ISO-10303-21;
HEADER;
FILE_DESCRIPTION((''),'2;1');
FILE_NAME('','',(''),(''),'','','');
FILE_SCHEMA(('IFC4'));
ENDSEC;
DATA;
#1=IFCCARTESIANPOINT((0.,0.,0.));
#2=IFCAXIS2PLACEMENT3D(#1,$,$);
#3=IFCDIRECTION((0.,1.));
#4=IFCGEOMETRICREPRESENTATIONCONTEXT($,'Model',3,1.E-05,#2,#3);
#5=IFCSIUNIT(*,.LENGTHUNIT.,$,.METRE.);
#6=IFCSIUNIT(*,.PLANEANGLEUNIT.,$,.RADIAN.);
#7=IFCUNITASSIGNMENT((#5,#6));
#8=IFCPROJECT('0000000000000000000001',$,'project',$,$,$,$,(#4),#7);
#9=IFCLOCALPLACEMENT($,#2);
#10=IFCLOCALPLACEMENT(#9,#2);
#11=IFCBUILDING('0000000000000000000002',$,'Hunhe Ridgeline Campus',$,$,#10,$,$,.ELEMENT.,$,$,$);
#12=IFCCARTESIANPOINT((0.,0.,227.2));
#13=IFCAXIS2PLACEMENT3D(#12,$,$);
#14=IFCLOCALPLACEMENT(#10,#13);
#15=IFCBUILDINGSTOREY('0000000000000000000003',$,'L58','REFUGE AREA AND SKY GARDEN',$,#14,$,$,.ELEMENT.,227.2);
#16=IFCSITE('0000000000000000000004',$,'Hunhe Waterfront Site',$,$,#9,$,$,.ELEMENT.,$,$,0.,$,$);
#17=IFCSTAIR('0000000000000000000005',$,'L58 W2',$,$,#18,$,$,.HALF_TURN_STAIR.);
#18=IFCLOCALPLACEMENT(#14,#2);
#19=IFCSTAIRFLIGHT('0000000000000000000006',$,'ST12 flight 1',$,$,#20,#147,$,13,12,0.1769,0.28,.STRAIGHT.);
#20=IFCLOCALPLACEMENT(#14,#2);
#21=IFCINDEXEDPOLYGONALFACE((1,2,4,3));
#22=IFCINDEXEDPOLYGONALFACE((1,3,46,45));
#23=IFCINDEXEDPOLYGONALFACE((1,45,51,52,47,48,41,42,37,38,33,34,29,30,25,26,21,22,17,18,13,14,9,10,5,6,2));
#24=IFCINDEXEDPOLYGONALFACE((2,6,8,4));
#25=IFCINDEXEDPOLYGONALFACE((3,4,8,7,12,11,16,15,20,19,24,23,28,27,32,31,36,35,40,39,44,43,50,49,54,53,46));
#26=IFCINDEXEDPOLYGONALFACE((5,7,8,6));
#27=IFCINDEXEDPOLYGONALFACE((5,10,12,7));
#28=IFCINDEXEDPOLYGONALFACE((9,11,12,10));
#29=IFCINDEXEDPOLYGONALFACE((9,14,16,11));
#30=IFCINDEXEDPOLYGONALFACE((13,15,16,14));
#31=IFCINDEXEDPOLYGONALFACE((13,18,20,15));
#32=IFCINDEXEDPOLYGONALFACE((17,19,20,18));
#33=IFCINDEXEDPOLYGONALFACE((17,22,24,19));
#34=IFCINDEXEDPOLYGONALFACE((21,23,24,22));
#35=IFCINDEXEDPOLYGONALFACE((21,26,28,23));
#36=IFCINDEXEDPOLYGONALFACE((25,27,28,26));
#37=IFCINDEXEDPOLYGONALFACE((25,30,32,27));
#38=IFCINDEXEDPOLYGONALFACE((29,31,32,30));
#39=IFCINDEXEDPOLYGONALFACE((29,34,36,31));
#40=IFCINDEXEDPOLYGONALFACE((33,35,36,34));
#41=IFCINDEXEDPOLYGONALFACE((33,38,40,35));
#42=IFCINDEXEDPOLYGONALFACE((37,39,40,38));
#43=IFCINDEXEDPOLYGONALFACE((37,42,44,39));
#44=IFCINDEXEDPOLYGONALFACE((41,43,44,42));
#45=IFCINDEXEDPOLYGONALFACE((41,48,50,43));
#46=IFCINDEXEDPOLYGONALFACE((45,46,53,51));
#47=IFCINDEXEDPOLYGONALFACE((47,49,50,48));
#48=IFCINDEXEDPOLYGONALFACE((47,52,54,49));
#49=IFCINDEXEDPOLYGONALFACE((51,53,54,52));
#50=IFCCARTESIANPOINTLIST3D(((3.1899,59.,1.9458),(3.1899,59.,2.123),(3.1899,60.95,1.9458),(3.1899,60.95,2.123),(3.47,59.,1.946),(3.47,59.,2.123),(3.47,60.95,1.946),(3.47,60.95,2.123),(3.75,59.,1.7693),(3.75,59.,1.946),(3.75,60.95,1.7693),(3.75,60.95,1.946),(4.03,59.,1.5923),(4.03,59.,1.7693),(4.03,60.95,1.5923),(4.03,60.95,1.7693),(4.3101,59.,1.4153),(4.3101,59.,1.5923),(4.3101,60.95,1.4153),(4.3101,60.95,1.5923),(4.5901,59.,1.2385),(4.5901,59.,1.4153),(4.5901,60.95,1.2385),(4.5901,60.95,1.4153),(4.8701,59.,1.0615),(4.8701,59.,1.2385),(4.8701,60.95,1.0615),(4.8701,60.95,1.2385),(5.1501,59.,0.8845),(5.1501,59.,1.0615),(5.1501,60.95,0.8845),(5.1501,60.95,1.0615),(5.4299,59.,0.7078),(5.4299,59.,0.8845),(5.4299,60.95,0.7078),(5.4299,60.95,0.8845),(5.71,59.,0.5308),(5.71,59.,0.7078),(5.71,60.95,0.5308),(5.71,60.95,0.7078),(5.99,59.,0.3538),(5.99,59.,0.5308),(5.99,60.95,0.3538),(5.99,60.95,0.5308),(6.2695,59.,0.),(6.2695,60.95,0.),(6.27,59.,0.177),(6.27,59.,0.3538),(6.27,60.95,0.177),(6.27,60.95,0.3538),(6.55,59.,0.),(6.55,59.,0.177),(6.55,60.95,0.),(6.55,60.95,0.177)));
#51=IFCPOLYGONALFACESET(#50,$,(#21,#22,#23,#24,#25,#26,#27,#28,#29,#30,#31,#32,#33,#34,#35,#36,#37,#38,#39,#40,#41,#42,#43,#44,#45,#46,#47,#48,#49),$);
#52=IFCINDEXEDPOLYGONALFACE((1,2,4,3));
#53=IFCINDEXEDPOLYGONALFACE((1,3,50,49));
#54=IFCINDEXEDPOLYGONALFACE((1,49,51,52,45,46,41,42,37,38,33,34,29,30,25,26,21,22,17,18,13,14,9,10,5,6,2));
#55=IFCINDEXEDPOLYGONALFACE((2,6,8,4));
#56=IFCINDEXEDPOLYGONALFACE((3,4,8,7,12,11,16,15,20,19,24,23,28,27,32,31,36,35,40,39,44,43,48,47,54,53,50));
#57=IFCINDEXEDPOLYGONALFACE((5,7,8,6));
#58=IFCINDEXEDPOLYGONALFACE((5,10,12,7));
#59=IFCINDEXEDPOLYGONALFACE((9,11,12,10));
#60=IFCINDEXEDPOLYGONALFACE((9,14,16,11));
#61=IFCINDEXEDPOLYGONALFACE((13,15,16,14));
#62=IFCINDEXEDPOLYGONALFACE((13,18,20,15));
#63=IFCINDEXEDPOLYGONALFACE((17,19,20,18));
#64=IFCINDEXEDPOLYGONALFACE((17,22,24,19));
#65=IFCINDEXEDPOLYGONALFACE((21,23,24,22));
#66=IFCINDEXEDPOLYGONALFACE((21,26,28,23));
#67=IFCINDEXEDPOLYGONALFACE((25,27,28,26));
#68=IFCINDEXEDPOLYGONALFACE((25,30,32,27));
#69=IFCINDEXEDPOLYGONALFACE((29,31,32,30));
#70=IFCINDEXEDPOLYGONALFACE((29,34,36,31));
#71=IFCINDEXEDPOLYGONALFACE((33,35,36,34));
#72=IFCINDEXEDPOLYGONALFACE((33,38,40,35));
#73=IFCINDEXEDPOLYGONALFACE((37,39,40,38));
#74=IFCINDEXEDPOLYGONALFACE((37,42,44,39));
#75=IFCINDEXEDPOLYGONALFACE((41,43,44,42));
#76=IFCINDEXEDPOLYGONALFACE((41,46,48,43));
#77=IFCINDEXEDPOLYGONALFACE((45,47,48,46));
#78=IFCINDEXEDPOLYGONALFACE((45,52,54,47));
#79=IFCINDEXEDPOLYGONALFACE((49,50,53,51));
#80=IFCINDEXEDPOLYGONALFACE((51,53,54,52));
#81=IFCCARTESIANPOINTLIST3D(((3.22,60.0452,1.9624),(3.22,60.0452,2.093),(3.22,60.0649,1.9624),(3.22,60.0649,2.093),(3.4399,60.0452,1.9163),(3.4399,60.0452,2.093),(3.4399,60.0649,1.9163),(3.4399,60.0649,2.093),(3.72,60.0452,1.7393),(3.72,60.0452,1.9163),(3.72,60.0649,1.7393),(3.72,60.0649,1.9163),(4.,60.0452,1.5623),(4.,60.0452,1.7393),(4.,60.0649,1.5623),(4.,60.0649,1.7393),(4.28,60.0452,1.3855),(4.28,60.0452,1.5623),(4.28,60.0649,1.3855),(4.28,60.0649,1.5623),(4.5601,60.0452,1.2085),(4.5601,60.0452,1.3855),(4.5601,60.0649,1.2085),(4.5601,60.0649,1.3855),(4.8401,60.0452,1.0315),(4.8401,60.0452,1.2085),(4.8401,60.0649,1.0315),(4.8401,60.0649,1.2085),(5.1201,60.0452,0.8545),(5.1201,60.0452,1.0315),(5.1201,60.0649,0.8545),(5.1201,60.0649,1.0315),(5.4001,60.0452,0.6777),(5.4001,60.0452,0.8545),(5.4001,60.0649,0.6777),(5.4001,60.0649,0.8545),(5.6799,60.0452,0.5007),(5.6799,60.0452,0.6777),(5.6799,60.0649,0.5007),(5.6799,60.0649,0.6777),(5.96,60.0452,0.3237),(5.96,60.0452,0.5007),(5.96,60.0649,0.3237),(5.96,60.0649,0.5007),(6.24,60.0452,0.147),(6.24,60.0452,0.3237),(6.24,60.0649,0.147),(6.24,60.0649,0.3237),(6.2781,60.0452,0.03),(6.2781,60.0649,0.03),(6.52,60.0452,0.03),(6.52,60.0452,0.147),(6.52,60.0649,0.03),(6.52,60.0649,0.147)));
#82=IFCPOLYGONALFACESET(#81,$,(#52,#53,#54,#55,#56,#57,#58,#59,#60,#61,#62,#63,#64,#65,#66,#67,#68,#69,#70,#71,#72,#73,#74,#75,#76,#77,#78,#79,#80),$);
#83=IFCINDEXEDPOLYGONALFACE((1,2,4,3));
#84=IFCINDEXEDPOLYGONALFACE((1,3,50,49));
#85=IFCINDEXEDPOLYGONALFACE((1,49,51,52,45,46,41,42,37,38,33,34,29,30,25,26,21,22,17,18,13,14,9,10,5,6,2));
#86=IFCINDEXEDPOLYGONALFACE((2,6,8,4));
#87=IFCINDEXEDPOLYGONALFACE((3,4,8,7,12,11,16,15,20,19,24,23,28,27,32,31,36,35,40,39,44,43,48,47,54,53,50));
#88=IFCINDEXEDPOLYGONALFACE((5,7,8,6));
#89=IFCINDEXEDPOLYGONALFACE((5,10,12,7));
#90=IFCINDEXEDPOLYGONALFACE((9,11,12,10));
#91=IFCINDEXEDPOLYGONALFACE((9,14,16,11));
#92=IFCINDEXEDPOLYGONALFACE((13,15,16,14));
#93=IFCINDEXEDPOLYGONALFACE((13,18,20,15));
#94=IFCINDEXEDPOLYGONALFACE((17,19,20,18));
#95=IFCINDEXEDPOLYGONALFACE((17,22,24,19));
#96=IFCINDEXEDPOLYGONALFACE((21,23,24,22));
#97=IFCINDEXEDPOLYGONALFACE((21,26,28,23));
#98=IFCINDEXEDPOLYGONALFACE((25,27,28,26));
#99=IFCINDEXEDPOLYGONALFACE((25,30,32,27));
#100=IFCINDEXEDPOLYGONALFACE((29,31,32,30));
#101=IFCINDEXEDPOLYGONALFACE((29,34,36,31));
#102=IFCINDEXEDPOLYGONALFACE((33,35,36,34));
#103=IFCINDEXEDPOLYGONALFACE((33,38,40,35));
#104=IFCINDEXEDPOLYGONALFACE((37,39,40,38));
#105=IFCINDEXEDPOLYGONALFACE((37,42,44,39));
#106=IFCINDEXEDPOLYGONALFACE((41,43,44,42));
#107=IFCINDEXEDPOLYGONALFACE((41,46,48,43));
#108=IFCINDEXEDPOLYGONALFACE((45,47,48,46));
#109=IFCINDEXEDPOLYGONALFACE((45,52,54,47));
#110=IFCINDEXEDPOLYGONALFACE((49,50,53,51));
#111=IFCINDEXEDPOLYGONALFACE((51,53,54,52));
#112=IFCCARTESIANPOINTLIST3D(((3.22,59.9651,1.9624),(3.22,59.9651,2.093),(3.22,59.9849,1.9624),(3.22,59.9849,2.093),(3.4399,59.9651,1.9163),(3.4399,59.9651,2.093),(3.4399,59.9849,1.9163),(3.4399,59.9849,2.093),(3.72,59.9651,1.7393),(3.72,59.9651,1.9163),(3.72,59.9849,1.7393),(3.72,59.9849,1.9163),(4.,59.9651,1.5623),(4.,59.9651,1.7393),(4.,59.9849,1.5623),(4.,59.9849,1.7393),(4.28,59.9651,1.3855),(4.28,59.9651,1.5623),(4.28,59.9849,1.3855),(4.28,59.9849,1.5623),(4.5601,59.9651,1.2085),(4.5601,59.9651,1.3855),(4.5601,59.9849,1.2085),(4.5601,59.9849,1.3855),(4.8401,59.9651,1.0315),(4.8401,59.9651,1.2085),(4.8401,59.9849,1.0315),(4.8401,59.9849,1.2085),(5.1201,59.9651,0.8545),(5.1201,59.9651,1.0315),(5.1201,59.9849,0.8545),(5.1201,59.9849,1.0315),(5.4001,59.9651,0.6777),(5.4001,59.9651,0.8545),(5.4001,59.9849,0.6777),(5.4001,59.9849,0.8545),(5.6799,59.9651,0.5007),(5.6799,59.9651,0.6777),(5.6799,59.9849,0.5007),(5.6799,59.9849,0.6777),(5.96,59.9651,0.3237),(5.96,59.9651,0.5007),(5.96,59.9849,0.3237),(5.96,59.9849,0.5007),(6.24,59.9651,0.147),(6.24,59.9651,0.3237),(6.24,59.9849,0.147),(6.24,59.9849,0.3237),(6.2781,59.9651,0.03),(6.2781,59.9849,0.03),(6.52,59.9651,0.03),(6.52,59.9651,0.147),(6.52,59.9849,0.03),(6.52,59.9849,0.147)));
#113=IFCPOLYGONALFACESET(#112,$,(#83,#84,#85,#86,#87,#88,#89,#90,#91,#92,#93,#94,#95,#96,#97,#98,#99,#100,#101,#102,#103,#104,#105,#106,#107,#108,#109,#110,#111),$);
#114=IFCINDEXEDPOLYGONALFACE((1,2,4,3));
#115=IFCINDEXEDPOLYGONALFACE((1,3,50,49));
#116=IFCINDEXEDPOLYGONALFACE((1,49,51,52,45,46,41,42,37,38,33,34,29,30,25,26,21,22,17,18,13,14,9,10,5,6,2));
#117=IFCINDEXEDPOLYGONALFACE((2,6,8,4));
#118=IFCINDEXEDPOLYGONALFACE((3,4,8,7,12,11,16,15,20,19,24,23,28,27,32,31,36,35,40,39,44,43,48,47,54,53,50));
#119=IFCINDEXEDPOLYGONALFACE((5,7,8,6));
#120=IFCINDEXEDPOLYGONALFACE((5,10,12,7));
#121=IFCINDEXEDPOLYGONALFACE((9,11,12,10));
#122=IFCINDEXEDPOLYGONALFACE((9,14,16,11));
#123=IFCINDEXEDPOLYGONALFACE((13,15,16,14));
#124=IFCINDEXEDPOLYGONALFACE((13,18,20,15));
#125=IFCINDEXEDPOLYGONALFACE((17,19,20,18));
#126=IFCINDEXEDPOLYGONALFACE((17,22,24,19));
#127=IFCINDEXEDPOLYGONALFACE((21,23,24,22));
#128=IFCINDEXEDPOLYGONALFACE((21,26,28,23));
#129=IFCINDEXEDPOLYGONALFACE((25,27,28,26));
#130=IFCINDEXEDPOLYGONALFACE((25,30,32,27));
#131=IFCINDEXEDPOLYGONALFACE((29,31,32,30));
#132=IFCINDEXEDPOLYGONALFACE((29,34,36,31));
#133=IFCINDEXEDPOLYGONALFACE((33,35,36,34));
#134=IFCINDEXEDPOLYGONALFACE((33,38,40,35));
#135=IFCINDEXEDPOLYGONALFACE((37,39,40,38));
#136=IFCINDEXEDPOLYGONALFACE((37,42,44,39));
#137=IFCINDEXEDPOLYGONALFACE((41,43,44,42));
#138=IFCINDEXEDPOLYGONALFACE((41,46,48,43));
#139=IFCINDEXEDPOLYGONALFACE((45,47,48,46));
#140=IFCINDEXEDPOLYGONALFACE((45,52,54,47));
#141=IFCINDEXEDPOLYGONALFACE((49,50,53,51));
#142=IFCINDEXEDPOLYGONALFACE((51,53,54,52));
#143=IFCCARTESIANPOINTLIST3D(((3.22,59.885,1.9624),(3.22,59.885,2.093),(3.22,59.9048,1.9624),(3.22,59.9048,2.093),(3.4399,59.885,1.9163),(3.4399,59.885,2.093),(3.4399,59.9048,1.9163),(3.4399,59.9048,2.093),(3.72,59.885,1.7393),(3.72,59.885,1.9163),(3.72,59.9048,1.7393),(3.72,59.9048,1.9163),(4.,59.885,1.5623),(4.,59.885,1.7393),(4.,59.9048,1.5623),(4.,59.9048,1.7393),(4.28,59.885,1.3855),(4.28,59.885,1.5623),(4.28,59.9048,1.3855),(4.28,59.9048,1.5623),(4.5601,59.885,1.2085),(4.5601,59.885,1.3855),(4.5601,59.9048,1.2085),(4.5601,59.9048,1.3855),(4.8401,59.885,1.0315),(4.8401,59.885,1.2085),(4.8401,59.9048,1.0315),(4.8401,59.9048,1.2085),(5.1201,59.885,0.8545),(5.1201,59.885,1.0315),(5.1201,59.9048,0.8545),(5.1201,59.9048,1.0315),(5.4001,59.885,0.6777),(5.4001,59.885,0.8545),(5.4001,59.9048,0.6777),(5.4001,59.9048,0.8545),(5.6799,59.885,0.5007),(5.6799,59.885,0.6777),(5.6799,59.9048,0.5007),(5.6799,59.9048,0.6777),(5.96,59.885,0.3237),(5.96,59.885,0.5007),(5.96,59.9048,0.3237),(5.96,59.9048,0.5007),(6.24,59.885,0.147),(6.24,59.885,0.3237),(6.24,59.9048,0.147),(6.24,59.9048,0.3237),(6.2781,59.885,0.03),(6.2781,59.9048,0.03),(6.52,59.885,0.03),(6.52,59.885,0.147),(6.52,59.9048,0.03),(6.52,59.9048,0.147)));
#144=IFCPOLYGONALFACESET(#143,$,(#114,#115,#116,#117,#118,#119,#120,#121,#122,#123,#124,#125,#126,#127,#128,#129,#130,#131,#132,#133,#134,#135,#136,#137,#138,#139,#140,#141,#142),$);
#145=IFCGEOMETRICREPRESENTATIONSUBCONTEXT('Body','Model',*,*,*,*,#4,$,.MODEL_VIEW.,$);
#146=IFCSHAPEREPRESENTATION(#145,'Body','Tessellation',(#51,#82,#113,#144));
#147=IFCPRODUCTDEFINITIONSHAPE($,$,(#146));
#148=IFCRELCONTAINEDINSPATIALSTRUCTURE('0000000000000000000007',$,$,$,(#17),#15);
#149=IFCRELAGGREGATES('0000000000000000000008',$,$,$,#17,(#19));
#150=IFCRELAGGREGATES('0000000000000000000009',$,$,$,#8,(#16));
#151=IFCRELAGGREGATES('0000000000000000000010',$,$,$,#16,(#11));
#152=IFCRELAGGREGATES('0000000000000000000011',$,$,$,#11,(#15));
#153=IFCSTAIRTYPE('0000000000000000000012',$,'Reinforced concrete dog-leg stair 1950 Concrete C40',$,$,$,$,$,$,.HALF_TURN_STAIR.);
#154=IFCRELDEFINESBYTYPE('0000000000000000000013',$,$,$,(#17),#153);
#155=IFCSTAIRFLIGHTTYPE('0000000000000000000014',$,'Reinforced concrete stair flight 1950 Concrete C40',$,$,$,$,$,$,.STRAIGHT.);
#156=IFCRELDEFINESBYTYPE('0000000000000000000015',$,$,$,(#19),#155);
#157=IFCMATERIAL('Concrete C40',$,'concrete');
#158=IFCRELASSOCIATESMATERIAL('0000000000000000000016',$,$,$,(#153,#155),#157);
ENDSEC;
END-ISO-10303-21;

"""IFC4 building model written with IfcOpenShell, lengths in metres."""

from ifc_helpers import new_model, si_unit, direction, frame, origin, place, context, subcontext, project, spatial, polyline, outline, extrude, material, type_object, element, aggregate, save


model = new_model("IFC4")

# Units and contexts
model_context = context("Model", 3, precision=1e-05, world=origin(), true_north=direction((0.0, 1.0)))
body_context = subcontext(model_context, "Body", "Model", "MODEL_VIEW")
ifc_project = project(units=[si_unit("LENGTHUNIT", "METRE"), si_unit("PLANEANGLEUNIT", "RADIAN")], contexts=[model_context])

# Site, building, storey
site_placement = place(None, origin())
site = spatial("IfcSite", under=ifc_project, at=site_placement, Name="Hunhe Waterfront Site", CompositionType="ELEMENT", RefElevation=0.0)
building_placement = place(site_placement, origin())
building = spatial("IfcBuilding", under=site, at=building_placement, Name="Hunhe Ridgeline Campus", CompositionType="ELEMENT")
storey_placement = place(building_placement, frame((0.0, 0.0, 227.2)))
storey = spatial("IfcBuildingStorey", under=building, at=storey_placement, Name="L58", Description="REFUGE AREA AND SKY GARDEN", CompositionType="ELEMENT", Elevation=227.2)

# Stair, stair flight
ifc_material_1 = material(Name="Concrete C40", Category="concrete")
stair_type = type_object("IfcStairType", Name="Reinforced concrete dog-leg stair 1950 Concrete C40", PredefinedType="HALF_TURN_STAIR", material=ifc_material_1)
stair_flight_type = type_object("IfcStairFlightType", Name="Reinforced concrete stair flight 1950 Concrete C40", PredefinedType="STRAIGHT", material=ifc_material_1)
stair_1_placement = place(storey_placement, origin())
stair_1 = element("IfcStair", 1, at=stair_1_placement, inside=storey, type_object=stair_type, Name="L58 W2", PredefinedType="HALF_TURN_STAIR")
stair_flight_1_placement = place(storey_placement, frame((6.55, 59.9751, 0.0), z_axis=(0.0, 0.0, 1.0), x_axis=(-1.0, 0.0, 0.0)))
stair_flight_1 = element("IfcStairFlight", 2, at=stair_flight_1_placement, type_object=stair_flight_type, Name="ST12 flight 1", NumberOfRisers=13, NumberOfTreads=12, PredefinedType="STRAIGHT", RiserHeight=0.1769, TreadLength=0.28, context=body_context, shape_type="SweptSolid", body=[
    extrude(outline(polyline([(0.0, 0.0), (0.0, 0.177), (0.28, 0.177), (0.28, 0.3538), (0.5601, 0.3538), (0.5601, 0.5308), (0.8401, 0.5308), (0.8401, 0.7078), (1.1201, 0.7078), (1.1201, 0.8845), (1.3999, 0.8845), (1.3999, 1.0615), (1.6799, 1.0615), (1.6799, 1.2385), (1.96, 1.2385), (1.96, 1.4153), (2.24, 1.4153), (2.24, 1.5923), (2.52, 1.5923), (2.52, 1.7693), (2.8, 1.7693), (2.8, 1.946), (3.0801, 1.946), (3.0801, 2.123), (3.3601, 2.123), (3.3601, 2.3), (3.3601, 1.9458), (0.2805, 0.0), (0.0, 0.0)])), frame((0.0, 0.9751, 0.0), z_axis=(0.0, -1.0, 0.0), x_axis=(1.0, 0.0, 0.0)), (0.0, 0.0, 1.0), 1.95),
    extrude(outline(polyline([(0.03, 0.03), (0.03, 0.147), (0.3101, 0.147), (0.3101, 0.3237), (0.5901, 0.3237), (0.5901, 0.5007), (0.8701, 0.5007), (0.8701, 0.6777), (1.1499, 0.6777), (1.1499, 0.8545), (1.4299, 0.8545), (1.4299, 1.0315), (1.71, 1.0315), (1.71, 1.2085), (1.99, 1.2085), (1.99, 1.3855), (2.27, 1.3855), (2.27, 1.5623), (2.55, 1.5623), (2.55, 1.7393), (2.8301, 1.7393), (2.8301, 1.9163), (3.1101, 1.9163), (3.1101, 2.093), (3.3301, 2.093), (3.3301, 1.9624), (0.272, 0.03), (0.03, 0.03)])), frame((0.0, -0.0701, 0.0), z_axis=(0.0, -1.0, 0.0), x_axis=(1.0, 0.0, 0.0)), (0.0, 0.0, 1.0), 0.0198),
    extrude(outline(polyline([(0.03, 0.03), (0.03, 0.147), (0.3101, 0.147), (0.3101, 0.3237), (0.5901, 0.3237), (0.5901, 0.5007), (0.8701, 0.5007), (0.8701, 0.6777), (1.1499, 0.6777), (1.1499, 0.8545), (1.4299, 0.8545), (1.4299, 1.0315), (1.71, 1.0315), (1.71, 1.2085), (1.99, 1.2085), (1.99, 1.3855), (2.27, 1.3855), (2.27, 1.5623), (2.55, 1.5623), (2.55, 1.7393), (2.8301, 1.7393), (2.8301, 1.9163), (3.1101, 1.9163), (3.1101, 2.093), (3.3301, 2.093), (3.3301, 1.9624), (0.272, 0.03), (0.03, 0.03)])), frame((0.0, 0.01, 0.0), z_axis=(0.0, -1.0, 0.0), x_axis=(1.0, 0.0, 0.0)), (0.0, 0.0, 1.0), 0.0198),
    extrude(outline(polyline([(0.03, 0.03), (0.03, 0.147), (0.3101, 0.147), (0.3101, 0.3237), (0.5901, 0.3237), (0.5901, 0.5007), (0.8701, 0.5007), (0.8701, 0.6777), (1.1499, 0.6777), (1.1499, 0.8545), (1.4299, 0.8545), (1.4299, 1.0315), (1.71, 1.0315), (1.71, 1.2085), (1.99, 1.2085), (1.99, 1.3855), (2.27, 1.3855), (2.27, 1.5623), (2.55, 1.5623), (2.55, 1.7393), (2.8301, 1.7393), (2.8301, 1.9163), (3.1101, 1.9163), (3.1101, 2.093), (3.3301, 2.093), (3.3301, 1.9624), (0.272, 0.03), (0.03, 0.03)])), frame((0.0, 0.0901, 0.0), z_axis=(0.0, -1.0, 0.0), x_axis=(1.0, 0.0, 0.0)), (0.0, 0.0, 1.0), 0.0198),
])
aggregate(stair_1, [stair_flight_1])

save(model, "model.ifc")
